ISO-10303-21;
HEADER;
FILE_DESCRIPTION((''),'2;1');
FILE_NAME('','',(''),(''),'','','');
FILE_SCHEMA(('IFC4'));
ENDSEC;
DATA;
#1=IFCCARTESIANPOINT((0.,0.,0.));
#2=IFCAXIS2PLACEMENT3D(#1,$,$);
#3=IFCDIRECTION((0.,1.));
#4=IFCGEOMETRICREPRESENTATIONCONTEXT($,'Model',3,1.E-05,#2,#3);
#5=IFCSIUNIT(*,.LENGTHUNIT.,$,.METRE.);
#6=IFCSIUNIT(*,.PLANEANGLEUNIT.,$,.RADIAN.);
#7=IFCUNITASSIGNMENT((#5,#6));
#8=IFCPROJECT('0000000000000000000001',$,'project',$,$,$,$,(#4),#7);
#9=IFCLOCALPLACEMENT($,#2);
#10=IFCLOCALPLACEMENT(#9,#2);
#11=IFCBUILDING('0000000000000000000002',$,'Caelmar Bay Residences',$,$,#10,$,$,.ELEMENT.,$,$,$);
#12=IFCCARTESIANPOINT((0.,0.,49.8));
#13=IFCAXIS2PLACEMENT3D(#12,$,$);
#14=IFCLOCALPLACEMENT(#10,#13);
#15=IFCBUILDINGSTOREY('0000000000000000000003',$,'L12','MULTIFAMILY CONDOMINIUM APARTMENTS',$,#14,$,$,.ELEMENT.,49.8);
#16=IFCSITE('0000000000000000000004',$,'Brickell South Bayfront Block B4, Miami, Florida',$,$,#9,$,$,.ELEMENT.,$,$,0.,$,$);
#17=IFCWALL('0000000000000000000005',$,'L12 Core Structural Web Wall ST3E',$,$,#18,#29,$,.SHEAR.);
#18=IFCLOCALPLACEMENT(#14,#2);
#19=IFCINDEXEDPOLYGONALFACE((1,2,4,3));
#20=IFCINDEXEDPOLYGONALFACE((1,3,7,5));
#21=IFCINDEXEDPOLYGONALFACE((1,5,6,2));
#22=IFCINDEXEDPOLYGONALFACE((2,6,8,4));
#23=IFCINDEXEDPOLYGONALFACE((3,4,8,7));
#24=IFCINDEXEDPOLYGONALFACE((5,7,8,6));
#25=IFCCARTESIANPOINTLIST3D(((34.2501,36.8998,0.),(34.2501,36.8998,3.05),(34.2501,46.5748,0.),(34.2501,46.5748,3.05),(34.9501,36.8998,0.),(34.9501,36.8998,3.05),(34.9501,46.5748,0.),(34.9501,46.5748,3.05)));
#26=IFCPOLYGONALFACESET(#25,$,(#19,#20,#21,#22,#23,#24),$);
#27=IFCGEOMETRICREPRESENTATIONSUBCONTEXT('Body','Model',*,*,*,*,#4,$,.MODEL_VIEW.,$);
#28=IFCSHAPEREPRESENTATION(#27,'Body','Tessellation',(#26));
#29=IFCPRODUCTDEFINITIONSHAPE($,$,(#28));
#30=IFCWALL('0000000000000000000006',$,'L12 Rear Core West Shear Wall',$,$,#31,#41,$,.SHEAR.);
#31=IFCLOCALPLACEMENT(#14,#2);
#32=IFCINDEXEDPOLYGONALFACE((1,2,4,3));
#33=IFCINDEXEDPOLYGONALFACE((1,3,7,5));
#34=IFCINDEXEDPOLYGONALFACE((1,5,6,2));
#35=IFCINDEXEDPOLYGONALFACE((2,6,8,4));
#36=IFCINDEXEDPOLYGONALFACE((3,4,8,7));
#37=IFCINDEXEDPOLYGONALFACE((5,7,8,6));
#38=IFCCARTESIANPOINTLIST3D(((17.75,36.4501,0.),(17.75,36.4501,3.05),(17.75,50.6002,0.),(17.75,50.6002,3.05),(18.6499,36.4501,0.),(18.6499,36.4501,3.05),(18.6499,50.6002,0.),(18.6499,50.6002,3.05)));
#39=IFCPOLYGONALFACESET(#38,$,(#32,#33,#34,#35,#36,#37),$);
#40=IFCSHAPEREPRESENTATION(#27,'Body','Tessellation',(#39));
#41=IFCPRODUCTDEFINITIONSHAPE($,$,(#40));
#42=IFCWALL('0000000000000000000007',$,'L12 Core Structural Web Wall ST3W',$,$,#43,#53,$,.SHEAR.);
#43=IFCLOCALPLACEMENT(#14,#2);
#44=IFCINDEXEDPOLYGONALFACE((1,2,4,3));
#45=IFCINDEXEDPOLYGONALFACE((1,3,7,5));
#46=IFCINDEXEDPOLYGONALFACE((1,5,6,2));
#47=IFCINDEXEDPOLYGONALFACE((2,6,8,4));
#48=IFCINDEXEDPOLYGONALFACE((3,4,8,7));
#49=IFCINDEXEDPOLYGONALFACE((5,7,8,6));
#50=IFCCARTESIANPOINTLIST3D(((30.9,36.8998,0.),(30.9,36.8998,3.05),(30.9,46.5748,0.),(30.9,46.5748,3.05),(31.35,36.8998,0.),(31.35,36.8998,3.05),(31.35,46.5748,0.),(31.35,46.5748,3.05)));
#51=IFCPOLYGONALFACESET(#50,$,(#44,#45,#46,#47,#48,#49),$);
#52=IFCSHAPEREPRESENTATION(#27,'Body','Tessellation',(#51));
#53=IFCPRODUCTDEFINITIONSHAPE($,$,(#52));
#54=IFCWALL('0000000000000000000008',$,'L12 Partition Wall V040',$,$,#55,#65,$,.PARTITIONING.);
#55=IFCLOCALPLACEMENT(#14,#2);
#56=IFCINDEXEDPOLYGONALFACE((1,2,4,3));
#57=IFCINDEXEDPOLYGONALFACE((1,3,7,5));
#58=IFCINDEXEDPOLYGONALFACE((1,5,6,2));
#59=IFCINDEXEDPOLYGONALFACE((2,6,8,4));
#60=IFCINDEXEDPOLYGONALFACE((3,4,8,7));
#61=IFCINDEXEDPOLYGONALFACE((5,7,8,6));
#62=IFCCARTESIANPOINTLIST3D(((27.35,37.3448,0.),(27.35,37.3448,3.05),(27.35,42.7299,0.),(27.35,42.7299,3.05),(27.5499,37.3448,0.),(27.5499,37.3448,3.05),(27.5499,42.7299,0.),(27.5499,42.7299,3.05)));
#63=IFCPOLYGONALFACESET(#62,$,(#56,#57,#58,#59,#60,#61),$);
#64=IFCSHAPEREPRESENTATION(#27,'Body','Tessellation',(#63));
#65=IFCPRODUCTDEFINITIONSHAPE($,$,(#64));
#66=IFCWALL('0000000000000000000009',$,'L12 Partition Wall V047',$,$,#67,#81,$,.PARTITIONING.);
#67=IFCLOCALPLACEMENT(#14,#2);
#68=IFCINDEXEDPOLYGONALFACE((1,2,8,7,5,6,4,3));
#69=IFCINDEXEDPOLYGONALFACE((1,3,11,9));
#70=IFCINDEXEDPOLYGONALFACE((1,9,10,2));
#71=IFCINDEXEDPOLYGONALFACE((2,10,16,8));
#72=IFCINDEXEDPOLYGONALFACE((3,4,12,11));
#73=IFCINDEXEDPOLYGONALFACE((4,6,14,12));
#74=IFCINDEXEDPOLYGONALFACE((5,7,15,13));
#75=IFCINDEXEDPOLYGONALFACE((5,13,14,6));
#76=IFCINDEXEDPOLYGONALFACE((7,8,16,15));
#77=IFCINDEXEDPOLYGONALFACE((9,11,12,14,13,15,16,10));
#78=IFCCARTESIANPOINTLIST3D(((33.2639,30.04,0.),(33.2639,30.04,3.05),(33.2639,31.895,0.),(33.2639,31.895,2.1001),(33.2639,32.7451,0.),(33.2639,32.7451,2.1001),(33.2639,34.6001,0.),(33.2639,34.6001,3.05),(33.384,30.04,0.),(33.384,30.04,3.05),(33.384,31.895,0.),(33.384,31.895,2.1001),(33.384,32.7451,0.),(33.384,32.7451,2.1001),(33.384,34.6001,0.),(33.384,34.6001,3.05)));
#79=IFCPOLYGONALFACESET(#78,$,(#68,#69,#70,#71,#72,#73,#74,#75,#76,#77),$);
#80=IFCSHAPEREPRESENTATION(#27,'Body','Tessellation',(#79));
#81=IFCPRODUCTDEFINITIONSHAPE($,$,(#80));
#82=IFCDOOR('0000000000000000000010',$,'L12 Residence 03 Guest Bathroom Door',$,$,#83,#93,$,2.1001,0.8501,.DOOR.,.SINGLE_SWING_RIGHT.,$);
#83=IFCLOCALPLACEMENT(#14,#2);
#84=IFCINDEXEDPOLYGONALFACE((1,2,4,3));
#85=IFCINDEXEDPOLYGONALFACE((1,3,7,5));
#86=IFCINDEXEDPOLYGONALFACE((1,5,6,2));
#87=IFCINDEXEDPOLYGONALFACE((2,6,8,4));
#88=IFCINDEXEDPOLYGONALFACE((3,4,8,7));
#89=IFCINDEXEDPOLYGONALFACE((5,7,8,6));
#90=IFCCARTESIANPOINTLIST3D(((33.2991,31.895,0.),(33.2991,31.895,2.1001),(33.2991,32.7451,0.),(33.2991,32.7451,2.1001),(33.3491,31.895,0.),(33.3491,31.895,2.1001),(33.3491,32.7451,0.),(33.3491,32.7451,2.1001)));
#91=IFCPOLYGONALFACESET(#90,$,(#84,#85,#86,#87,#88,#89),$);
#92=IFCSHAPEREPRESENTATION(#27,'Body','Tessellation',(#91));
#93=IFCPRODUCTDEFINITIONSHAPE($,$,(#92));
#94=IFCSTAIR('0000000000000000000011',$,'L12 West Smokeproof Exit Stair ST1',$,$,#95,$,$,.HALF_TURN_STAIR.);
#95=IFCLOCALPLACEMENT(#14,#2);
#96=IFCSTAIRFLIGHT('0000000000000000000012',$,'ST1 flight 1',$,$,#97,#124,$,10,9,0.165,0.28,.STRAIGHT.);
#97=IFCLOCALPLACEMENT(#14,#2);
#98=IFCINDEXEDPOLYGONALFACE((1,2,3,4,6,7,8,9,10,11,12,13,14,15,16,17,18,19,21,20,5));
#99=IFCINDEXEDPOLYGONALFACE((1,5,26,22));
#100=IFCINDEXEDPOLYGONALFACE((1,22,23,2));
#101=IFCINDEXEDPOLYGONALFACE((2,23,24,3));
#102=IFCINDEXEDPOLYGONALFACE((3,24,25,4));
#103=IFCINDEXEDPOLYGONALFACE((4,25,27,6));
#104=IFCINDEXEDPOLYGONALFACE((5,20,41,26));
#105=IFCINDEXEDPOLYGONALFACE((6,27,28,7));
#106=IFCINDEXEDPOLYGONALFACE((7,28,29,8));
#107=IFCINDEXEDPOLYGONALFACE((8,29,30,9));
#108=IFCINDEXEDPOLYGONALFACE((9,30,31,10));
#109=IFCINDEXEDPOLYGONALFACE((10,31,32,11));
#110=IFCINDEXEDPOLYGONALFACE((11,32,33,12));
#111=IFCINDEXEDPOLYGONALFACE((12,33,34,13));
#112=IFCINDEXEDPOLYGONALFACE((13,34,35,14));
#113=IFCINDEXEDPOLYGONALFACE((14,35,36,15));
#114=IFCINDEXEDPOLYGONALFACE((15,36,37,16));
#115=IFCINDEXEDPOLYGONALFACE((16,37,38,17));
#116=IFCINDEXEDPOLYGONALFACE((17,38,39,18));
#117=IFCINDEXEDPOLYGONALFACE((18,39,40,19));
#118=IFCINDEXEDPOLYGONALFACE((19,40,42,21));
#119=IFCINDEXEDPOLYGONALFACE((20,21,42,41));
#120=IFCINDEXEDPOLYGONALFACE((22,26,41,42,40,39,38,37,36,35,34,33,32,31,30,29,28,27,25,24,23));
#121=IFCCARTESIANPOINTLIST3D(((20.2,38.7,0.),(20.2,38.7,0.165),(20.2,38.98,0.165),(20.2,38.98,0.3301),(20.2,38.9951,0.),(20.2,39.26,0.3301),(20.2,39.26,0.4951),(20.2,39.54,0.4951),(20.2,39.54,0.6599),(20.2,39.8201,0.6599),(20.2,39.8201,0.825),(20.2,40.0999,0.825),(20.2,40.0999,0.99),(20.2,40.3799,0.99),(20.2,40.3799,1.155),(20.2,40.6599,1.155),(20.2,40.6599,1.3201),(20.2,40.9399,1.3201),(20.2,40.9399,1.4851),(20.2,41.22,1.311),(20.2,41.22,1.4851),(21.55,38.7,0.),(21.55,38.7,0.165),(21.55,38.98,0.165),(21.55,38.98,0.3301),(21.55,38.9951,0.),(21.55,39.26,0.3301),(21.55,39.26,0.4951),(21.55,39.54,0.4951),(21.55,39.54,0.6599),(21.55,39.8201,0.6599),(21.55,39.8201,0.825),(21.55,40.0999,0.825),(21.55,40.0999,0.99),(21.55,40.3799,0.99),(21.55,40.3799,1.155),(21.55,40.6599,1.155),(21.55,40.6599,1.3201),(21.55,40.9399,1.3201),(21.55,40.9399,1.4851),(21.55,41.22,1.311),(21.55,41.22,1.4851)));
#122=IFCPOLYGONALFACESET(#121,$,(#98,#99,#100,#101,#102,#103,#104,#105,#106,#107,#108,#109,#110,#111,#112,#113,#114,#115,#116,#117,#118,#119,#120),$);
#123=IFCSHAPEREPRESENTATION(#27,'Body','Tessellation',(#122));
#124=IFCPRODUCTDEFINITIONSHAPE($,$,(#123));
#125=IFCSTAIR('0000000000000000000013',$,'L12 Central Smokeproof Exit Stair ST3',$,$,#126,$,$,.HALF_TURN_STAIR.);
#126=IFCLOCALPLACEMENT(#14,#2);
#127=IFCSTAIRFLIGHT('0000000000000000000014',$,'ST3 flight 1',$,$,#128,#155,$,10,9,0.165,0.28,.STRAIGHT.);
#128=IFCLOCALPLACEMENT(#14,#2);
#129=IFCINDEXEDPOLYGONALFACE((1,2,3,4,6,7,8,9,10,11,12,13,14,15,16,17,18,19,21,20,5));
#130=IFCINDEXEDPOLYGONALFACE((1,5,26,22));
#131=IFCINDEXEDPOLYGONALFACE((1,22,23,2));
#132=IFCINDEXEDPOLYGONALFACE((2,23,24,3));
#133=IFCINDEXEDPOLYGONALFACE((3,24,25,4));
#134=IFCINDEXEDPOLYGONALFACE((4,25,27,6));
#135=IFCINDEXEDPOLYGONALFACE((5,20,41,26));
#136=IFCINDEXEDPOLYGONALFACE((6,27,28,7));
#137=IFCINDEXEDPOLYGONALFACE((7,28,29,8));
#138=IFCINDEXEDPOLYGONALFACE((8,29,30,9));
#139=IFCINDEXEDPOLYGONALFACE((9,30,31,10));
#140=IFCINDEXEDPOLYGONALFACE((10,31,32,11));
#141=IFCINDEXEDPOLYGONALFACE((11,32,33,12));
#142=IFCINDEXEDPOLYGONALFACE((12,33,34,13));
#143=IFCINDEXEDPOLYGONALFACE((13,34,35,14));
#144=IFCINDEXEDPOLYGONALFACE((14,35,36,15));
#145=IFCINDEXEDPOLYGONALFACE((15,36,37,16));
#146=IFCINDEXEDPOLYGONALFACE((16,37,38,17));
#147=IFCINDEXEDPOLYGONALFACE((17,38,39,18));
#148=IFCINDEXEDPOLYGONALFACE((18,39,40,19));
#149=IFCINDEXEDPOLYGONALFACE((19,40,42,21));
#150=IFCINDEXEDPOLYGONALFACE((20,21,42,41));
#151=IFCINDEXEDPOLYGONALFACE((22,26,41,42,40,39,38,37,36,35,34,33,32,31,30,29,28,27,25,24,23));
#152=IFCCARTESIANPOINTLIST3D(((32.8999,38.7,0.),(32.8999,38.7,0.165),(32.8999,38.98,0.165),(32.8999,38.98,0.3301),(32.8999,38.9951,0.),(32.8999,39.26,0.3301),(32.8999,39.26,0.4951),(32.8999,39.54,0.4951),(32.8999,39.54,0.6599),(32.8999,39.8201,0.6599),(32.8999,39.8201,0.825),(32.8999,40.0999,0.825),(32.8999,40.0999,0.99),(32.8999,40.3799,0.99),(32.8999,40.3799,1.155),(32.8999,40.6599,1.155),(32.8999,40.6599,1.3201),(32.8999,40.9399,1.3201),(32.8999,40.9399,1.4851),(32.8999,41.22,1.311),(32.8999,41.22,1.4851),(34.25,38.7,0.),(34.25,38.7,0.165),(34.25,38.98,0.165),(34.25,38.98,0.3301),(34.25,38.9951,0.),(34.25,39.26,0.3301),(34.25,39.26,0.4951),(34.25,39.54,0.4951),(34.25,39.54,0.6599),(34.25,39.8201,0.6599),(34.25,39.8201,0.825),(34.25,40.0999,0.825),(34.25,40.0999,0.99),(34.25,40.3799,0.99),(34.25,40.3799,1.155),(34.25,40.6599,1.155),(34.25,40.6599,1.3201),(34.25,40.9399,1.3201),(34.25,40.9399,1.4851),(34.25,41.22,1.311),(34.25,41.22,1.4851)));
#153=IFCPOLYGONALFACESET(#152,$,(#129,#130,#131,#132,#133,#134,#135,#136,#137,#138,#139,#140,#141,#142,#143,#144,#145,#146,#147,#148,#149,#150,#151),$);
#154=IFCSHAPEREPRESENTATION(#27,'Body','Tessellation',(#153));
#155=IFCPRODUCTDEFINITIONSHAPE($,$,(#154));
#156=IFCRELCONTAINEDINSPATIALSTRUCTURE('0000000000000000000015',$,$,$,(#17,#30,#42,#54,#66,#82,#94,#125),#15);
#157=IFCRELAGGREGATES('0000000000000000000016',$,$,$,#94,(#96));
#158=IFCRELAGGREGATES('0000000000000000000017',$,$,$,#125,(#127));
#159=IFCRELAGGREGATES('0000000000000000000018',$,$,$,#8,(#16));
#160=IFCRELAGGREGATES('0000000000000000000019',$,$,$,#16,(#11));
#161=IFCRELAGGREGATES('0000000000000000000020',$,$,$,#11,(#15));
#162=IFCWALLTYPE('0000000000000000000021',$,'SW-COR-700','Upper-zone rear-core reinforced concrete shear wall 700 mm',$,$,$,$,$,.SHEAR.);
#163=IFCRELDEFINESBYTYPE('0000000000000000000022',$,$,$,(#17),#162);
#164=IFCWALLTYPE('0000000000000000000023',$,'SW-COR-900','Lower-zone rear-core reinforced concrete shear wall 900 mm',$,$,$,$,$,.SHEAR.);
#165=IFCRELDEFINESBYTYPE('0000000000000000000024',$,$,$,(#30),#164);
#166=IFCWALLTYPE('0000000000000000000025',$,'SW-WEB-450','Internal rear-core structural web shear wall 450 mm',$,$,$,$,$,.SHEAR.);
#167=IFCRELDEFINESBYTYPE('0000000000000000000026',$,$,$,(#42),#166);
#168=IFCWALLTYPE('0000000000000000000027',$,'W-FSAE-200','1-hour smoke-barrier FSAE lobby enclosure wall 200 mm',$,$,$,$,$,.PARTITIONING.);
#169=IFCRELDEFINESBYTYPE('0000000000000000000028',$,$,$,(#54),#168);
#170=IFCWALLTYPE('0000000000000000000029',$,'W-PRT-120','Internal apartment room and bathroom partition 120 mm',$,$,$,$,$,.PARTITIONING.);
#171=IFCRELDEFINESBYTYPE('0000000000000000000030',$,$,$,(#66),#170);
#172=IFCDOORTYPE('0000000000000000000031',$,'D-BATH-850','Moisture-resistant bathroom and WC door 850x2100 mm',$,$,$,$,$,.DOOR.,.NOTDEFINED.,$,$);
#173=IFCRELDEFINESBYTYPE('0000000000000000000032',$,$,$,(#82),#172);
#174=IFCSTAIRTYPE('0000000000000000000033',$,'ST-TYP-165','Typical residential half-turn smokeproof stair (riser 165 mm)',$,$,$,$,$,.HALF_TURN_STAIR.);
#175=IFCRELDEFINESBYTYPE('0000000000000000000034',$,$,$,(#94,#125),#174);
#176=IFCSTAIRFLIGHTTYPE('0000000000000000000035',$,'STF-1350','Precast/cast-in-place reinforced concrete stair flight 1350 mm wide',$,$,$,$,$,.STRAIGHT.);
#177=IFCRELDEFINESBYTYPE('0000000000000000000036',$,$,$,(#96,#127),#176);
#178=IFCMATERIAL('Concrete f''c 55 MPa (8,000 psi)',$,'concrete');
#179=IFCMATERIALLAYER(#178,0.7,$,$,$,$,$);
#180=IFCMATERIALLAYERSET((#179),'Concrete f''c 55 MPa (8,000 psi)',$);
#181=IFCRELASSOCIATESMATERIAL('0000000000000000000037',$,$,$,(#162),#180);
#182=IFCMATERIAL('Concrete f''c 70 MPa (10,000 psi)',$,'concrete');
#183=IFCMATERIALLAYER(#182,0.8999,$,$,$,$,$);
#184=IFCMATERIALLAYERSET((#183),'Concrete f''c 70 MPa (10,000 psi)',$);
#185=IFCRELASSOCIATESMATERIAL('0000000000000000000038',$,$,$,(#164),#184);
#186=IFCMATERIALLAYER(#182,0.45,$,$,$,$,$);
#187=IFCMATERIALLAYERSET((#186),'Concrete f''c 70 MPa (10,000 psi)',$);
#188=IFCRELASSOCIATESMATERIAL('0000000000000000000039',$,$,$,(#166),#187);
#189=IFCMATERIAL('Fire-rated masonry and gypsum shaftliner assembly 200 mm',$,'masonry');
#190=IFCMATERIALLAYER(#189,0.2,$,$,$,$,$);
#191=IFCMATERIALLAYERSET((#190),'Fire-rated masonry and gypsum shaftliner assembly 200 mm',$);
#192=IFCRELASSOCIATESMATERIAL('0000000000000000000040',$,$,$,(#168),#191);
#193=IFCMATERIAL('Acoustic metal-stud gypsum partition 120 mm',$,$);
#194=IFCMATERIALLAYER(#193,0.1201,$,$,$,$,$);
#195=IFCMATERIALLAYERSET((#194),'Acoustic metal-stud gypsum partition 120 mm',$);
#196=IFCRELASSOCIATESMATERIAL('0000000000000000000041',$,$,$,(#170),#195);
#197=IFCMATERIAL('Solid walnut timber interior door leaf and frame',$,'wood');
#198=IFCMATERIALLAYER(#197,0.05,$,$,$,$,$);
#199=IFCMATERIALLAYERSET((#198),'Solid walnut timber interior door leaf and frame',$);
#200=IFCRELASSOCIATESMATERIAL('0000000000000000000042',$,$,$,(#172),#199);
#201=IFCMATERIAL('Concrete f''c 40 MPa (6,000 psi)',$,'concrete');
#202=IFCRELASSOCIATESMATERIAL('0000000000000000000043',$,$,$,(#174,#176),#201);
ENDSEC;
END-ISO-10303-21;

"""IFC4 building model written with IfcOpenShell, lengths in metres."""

from ifc_helpers import new_model, si_unit, direction, frame, frame_2d, origin, place, context, subcontext, project, spatial, polyline, rectangle, outline, extrude, material, layer, layer_set, type_object, element, fill, aggregate, save


model = new_model("IFC4")

# Units and contexts
model_context = context("Model", 3, precision=1e-05, world=origin(), true_north=direction((0.0, 1.0)))
body_context = subcontext(model_context, "Body", "Model", "MODEL_VIEW")
ifc_project = project(units=[si_unit("LENGTHUNIT", "METRE"), si_unit("PLANEANGLEUNIT", "RADIAN")], contexts=[model_context])

# Site, building, storey
site_placement = place(None, origin())
site = spatial("IfcSite", under=ifc_project, at=site_placement, Name="Brickell South Bayfront Block B4, Miami, Florida", CompositionType="ELEMENT", RefElevation=0.0)
building_placement = place(site_placement, origin())
building = spatial("IfcBuilding", under=site, at=building_placement, Name="Caelmar Bay Residences", CompositionType="ELEMENT")
storey_placement = place(building_placement, frame((0.0, 0.0, 49.8)))
storey = spatial("IfcBuildingStorey", under=building, at=storey_placement, Name="L12", Description="MULTIFAMILY CONDOMINIUM APARTMENTS", CompositionType="ELEMENT", Elevation=49.8)

# Shared definitions
ifc_material_1 = material(Name="Concrete f'c 55 MPa (8,000 psi)", Category="concrete")
ifc_layer_1 = layer(ifc_material_1, 0.7)
ifc_layer_set_1 = layer_set([ifc_layer_1], Name="Concrete f'c 55 MPa (8,000 psi)")
wall_type_1 = type_object("IfcWallType", Name="SW-COR-700", Description="Upper-zone rear-core reinforced concrete shear wall 700 mm", PredefinedType="SHEAR", material=ifc_layer_set_1)

# Wall
wall_1_placement = place(storey_placement, frame((34.6001, 36.8999, 0.0), z_axis=(0.0, 0.0, 1.0), x_axis=(0.0, 1.0, 0.0)))
element("IfcWall", 1, at=wall_1_placement, inside=storey, type_object=wall_type_1, Name="L12 Core Structural Web Wall ST3E", PredefinedType="SHEAR", context=body_context, shape_type="SweptSolid", body=[
    extrude(rectangle(XDim=9.675, YDim=0.7, at=frame_2d((4.8374, 0.0))), origin(), (0.0, 0.0, 1.0), 3.05),
])

# Shared definitions
ifc_material_2 = material(Name="Concrete f'c 70 MPa (10,000 psi)", Category="concrete")
ifc_layer_2 = layer(ifc_material_2, 0.8999)
ifc_layer_set_2 = layer_set([ifc_layer_2], Name="Concrete f'c 70 MPa (10,000 psi)")
wall_type_2 = type_object("IfcWallType", Name="SW-COR-900", Description="Lower-zone rear-core reinforced concrete shear wall 900 mm", PredefinedType="SHEAR", material=ifc_layer_set_2)

# Walls
wall_2_placement = place(storey_placement, frame((18.2, 36.45, 0.0), z_axis=(0.0, 0.0, 1.0), x_axis=(0.0, 1.0, 0.0)))
element("IfcWall", 2, at=wall_2_placement, inside=storey, type_object=wall_type_2, Name="L12 Rear Core West Shear Wall", PredefinedType="SHEAR", context=body_context, shape_type="SweptSolid", body=[
    extrude(rectangle(XDim=14.1501, YDim=0.8999, at=frame_2d((7.0752, 0.0))), origin(), (0.0, 0.0, 1.0), 3.05),
])
ifc_layer_3 = layer(ifc_material_2, 0.45)
ifc_layer_set_3 = layer_set([ifc_layer_3], Name="Concrete f'c 70 MPa (10,000 psi)")
wall_type_3 = type_object("IfcWallType", Name="SW-WEB-450", Description="Internal rear-core structural web shear wall 450 mm", PredefinedType="SHEAR", material=ifc_layer_set_3)
wall_3_placement = place(storey_placement, frame((31.125, 36.8999, 0.0), z_axis=(0.0, 0.0, 1.0), x_axis=(0.0, 1.0, 0.0)))
element("IfcWall", 3, at=wall_3_placement, inside=storey, type_object=wall_type_3, Name="L12 Core Structural Web Wall ST3W", PredefinedType="SHEAR", context=body_context, shape_type="SweptSolid", body=[
    extrude(rectangle(XDim=9.675, YDim=0.45, at=frame_2d((4.8374, 0.0))), origin(), (0.0, 0.0, 1.0), 3.05),
])
ifc_material_3 = material(Name="Fire-rated masonry and gypsum shaftliner assembly 200 mm", Category="masonry")
ifc_layer_4 = layer(ifc_material_3, 0.2)
ifc_layer_set_4 = layer_set([ifc_layer_4], Name="Fire-rated masonry and gypsum shaftliner assembly 200 mm")
wall_type_4 = type_object("IfcWallType", Name="W-FSAE-200", Description="1-hour smoke-barrier FSAE lobby enclosure wall 200 mm", PredefinedType="PARTITIONING", material=ifc_layer_set_4)
wall_4_placement = place(storey_placement, frame((27.45, 37.345, 0.0), z_axis=(0.0, 0.0, 1.0), x_axis=(0.0, 1.0, 0.0)))
element("IfcWall", 4, at=wall_4_placement, inside=storey, type_object=wall_type_4, Name="L12 Partition Wall V040", PredefinedType="PARTITIONING", context=body_context, shape_type="SweptSolid", body=[
    extrude(rectangle(XDim=5.385, YDim=0.2, at=frame_2d((2.6924, 0.0))), origin(), (0.0, 0.0, 1.0), 3.05),
])

# Wall, opening, door
ifc_material_4 = material(Name="Acoustic metal-stud gypsum partition 120 mm")
ifc_layer_5 = layer(ifc_material_4, 0.1201)
ifc_layer_set_5 = layer_set([ifc_layer_5], Name="Acoustic metal-stud gypsum partition 120 mm")
wall_type_5 = type_object("IfcWallType", Name="W-PRT-120", Description="Internal apartment room and bathroom partition 120 mm", PredefinedType="PARTITIONING", material=ifc_layer_set_5)
wall_5_placement = place(storey_placement, frame((33.324, 30.04, 0.0), z_axis=(0.0, 0.0, 1.0), x_axis=(0.0, 1.0, 0.0)))
wall_5 = element("IfcWall", 5, at=wall_5_placement, inside=storey, type_object=wall_type_5, Name="L12 Partition Wall V047", PredefinedType="PARTITIONING", context=body_context, shape_type="SweptSolid", body=[
    extrude(rectangle(XDim=4.5601, YDim=0.1201, at=frame_2d((2.28, 0.0))), origin(), (0.0, 0.0, 1.0), 3.05),
])
opening_1_placement = place(wall_5_placement, frame((1.855, 0.0, 0.0)))
opening_1 = element("IfcOpeningElement", 6, at=opening_1_placement, cuts=wall_5, PredefinedType="OPENING", context=body_context, shape_type="SweptSolid", body=[
    extrude(rectangle(XDim=0.8501, YDim=2.1001, at=frame_2d((0.425, 1.05))), frame((0.0, 0.0701, 0.0), z_axis=(0.0, -1.0, 0.0), x_axis=(1.0, 0.0, 0.0)), (0.0, 0.0, 1.0), 0.1401),
])
ifc_material_5 = material(Name="Solid walnut timber interior door leaf and frame", Category="wood")
ifc_layer_6 = layer(ifc_material_5, 0.05)
ifc_layer_set_6 = layer_set([ifc_layer_6], Name="Solid walnut timber interior door leaf and frame")
door_type_1 = type_object("IfcDoorType", Name="D-BATH-850", Description="Moisture-resistant bathroom and WC door 850x2100 mm", OperationType="NOTDEFINED", PredefinedType="DOOR", material=ifc_layer_set_6)
door_1_placement = place(opening_1_placement, origin())
door_1 = element("IfcDoor", 7, at=door_1_placement, inside=storey, type_object=door_type_1, Name="L12 Residence 03 Guest Bathroom Door", OperationType="SINGLE_SWING_RIGHT", OverallHeight=2.1001, OverallWidth=0.8501, PredefinedType="DOOR", context=body_context, shape_type="SweptSolid", body=[
    extrude(rectangle(XDim=0.8501, YDim=2.1001, at=frame_2d((0.425, 1.05))), frame((0.0, 0.0249, 0.0), z_axis=(0.0, -1.0, 0.0), x_axis=(1.0, 0.0, 0.0)), (0.0, 0.0, 1.0), 0.05),
])
fill(opening_1, door_1)

# Stairs, stair flights
ifc_material_6 = material(Name="Concrete f'c 40 MPa (6,000 psi)", Category="concrete")
stair_type = type_object("IfcStairType", Name="ST-TYP-165", Description="Typical residential half-turn smokeproof stair (riser 165 mm)", PredefinedType="HALF_TURN_STAIR", material=ifc_material_6)
stair_1_placement = place(storey_placement, origin())
stair_1 = element("IfcStair", 8, at=stair_1_placement, inside=storey, type_object=stair_type, Name="L12 West Smokeproof Exit Stair ST1", PredefinedType="HALF_TURN_STAIR")
stair_flight_type = type_object("IfcStairFlightType", Name="STF-1350", Description="Precast/cast-in-place reinforced concrete stair flight 1350 mm wide", PredefinedType="STRAIGHT", material=ifc_material_6)
stair_flight_1_placement = place(storey_placement, frame((20.875, 38.7, 0.0), z_axis=(0.0, 0.0, 1.0), x_axis=(0.0, 1.0, 0.0)))
stair_flight_1 = element("IfcStairFlight", 9, at=stair_flight_1_placement, type_object=stair_flight_type, Name="ST1 flight 1", NumberOfRisers=10, NumberOfTreads=9, PredefinedType="STRAIGHT", RiserHeight=0.165, TreadLength=0.28, context=body_context, shape_type="SweptSolid", body=[
    extrude(outline(polyline([(0.0, 0.0), (0.0, 0.165), (0.28, 0.165), (0.28, 0.3301), (0.5601, 0.3301), (0.5601, 0.4951), (0.8401, 0.4951), (0.8401, 0.6599), (1.1201, 0.6599), (1.1201, 0.825), (1.3999, 0.825), (1.3999, 0.99), (1.6799, 0.99), (1.6799, 1.155), (1.96, 1.155), (1.96, 1.3201), (2.24, 1.3201), (2.24, 1.4851), (2.52, 1.4851), (2.52, 1.6499), (2.52, 1.311), (0.2952, 0.0), (0.0, 0.0)])), frame((0.0, 0.675, 0.0), z_axis=(0.0, -1.0, 0.0), x_axis=(1.0, 0.0, 0.0)), (0.0, 0.0, 1.0), 1.3501),
])
aggregate(stair_1, [stair_flight_1])
stair_2_placement = place(storey_placement, origin())
stair_2 = element("IfcStair", 10, at=stair_2_placement, inside=storey, type_object=stair_type, Name="L12 Central Smokeproof Exit Stair ST3", PredefinedType="HALF_TURN_STAIR")
stair_flight_2_placement = place(storey_placement, frame((33.575, 38.7, 0.0), z_axis=(0.0, 0.0, 1.0), x_axis=(0.0, 1.0, 0.0)))
stair_flight_2 = element("IfcStairFlight", 11, at=stair_flight_2_placement, type_object=stair_flight_type, Name="ST3 flight 1", NumberOfRisers=10, NumberOfTreads=9, PredefinedType="STRAIGHT", RiserHeight=0.165, TreadLength=0.28, context=body_context, shape_type="SweptSolid", body=[
    extrude(outline(polyline([(0.0, 0.0), (0.0, 0.165), (0.28, 0.165), (0.28, 0.3301), (0.5601, 0.3301), (0.5601, 0.4951), (0.8401, 0.4951), (0.8401, 0.6599), (1.1201, 0.6599), (1.1201, 0.825), (1.3999, 0.825), (1.3999, 0.99), (1.6799, 0.99), (1.6799, 1.155), (1.96, 1.155), (1.96, 1.3201), (2.24, 1.3201), (2.24, 1.4851), (2.52, 1.4851), (2.52, 1.6499), (2.52, 1.311), (0.2952, 0.0), (0.0, 0.0)])), frame((0.0, 0.675, 0.0), z_axis=(0.0, -1.0, 0.0), x_axis=(1.0, 0.0, 0.0)), (0.0, 0.0, 1.0), 1.3501),
])
aggregate(stair_2, [stair_flight_2])

save(model, "model.ifc")
